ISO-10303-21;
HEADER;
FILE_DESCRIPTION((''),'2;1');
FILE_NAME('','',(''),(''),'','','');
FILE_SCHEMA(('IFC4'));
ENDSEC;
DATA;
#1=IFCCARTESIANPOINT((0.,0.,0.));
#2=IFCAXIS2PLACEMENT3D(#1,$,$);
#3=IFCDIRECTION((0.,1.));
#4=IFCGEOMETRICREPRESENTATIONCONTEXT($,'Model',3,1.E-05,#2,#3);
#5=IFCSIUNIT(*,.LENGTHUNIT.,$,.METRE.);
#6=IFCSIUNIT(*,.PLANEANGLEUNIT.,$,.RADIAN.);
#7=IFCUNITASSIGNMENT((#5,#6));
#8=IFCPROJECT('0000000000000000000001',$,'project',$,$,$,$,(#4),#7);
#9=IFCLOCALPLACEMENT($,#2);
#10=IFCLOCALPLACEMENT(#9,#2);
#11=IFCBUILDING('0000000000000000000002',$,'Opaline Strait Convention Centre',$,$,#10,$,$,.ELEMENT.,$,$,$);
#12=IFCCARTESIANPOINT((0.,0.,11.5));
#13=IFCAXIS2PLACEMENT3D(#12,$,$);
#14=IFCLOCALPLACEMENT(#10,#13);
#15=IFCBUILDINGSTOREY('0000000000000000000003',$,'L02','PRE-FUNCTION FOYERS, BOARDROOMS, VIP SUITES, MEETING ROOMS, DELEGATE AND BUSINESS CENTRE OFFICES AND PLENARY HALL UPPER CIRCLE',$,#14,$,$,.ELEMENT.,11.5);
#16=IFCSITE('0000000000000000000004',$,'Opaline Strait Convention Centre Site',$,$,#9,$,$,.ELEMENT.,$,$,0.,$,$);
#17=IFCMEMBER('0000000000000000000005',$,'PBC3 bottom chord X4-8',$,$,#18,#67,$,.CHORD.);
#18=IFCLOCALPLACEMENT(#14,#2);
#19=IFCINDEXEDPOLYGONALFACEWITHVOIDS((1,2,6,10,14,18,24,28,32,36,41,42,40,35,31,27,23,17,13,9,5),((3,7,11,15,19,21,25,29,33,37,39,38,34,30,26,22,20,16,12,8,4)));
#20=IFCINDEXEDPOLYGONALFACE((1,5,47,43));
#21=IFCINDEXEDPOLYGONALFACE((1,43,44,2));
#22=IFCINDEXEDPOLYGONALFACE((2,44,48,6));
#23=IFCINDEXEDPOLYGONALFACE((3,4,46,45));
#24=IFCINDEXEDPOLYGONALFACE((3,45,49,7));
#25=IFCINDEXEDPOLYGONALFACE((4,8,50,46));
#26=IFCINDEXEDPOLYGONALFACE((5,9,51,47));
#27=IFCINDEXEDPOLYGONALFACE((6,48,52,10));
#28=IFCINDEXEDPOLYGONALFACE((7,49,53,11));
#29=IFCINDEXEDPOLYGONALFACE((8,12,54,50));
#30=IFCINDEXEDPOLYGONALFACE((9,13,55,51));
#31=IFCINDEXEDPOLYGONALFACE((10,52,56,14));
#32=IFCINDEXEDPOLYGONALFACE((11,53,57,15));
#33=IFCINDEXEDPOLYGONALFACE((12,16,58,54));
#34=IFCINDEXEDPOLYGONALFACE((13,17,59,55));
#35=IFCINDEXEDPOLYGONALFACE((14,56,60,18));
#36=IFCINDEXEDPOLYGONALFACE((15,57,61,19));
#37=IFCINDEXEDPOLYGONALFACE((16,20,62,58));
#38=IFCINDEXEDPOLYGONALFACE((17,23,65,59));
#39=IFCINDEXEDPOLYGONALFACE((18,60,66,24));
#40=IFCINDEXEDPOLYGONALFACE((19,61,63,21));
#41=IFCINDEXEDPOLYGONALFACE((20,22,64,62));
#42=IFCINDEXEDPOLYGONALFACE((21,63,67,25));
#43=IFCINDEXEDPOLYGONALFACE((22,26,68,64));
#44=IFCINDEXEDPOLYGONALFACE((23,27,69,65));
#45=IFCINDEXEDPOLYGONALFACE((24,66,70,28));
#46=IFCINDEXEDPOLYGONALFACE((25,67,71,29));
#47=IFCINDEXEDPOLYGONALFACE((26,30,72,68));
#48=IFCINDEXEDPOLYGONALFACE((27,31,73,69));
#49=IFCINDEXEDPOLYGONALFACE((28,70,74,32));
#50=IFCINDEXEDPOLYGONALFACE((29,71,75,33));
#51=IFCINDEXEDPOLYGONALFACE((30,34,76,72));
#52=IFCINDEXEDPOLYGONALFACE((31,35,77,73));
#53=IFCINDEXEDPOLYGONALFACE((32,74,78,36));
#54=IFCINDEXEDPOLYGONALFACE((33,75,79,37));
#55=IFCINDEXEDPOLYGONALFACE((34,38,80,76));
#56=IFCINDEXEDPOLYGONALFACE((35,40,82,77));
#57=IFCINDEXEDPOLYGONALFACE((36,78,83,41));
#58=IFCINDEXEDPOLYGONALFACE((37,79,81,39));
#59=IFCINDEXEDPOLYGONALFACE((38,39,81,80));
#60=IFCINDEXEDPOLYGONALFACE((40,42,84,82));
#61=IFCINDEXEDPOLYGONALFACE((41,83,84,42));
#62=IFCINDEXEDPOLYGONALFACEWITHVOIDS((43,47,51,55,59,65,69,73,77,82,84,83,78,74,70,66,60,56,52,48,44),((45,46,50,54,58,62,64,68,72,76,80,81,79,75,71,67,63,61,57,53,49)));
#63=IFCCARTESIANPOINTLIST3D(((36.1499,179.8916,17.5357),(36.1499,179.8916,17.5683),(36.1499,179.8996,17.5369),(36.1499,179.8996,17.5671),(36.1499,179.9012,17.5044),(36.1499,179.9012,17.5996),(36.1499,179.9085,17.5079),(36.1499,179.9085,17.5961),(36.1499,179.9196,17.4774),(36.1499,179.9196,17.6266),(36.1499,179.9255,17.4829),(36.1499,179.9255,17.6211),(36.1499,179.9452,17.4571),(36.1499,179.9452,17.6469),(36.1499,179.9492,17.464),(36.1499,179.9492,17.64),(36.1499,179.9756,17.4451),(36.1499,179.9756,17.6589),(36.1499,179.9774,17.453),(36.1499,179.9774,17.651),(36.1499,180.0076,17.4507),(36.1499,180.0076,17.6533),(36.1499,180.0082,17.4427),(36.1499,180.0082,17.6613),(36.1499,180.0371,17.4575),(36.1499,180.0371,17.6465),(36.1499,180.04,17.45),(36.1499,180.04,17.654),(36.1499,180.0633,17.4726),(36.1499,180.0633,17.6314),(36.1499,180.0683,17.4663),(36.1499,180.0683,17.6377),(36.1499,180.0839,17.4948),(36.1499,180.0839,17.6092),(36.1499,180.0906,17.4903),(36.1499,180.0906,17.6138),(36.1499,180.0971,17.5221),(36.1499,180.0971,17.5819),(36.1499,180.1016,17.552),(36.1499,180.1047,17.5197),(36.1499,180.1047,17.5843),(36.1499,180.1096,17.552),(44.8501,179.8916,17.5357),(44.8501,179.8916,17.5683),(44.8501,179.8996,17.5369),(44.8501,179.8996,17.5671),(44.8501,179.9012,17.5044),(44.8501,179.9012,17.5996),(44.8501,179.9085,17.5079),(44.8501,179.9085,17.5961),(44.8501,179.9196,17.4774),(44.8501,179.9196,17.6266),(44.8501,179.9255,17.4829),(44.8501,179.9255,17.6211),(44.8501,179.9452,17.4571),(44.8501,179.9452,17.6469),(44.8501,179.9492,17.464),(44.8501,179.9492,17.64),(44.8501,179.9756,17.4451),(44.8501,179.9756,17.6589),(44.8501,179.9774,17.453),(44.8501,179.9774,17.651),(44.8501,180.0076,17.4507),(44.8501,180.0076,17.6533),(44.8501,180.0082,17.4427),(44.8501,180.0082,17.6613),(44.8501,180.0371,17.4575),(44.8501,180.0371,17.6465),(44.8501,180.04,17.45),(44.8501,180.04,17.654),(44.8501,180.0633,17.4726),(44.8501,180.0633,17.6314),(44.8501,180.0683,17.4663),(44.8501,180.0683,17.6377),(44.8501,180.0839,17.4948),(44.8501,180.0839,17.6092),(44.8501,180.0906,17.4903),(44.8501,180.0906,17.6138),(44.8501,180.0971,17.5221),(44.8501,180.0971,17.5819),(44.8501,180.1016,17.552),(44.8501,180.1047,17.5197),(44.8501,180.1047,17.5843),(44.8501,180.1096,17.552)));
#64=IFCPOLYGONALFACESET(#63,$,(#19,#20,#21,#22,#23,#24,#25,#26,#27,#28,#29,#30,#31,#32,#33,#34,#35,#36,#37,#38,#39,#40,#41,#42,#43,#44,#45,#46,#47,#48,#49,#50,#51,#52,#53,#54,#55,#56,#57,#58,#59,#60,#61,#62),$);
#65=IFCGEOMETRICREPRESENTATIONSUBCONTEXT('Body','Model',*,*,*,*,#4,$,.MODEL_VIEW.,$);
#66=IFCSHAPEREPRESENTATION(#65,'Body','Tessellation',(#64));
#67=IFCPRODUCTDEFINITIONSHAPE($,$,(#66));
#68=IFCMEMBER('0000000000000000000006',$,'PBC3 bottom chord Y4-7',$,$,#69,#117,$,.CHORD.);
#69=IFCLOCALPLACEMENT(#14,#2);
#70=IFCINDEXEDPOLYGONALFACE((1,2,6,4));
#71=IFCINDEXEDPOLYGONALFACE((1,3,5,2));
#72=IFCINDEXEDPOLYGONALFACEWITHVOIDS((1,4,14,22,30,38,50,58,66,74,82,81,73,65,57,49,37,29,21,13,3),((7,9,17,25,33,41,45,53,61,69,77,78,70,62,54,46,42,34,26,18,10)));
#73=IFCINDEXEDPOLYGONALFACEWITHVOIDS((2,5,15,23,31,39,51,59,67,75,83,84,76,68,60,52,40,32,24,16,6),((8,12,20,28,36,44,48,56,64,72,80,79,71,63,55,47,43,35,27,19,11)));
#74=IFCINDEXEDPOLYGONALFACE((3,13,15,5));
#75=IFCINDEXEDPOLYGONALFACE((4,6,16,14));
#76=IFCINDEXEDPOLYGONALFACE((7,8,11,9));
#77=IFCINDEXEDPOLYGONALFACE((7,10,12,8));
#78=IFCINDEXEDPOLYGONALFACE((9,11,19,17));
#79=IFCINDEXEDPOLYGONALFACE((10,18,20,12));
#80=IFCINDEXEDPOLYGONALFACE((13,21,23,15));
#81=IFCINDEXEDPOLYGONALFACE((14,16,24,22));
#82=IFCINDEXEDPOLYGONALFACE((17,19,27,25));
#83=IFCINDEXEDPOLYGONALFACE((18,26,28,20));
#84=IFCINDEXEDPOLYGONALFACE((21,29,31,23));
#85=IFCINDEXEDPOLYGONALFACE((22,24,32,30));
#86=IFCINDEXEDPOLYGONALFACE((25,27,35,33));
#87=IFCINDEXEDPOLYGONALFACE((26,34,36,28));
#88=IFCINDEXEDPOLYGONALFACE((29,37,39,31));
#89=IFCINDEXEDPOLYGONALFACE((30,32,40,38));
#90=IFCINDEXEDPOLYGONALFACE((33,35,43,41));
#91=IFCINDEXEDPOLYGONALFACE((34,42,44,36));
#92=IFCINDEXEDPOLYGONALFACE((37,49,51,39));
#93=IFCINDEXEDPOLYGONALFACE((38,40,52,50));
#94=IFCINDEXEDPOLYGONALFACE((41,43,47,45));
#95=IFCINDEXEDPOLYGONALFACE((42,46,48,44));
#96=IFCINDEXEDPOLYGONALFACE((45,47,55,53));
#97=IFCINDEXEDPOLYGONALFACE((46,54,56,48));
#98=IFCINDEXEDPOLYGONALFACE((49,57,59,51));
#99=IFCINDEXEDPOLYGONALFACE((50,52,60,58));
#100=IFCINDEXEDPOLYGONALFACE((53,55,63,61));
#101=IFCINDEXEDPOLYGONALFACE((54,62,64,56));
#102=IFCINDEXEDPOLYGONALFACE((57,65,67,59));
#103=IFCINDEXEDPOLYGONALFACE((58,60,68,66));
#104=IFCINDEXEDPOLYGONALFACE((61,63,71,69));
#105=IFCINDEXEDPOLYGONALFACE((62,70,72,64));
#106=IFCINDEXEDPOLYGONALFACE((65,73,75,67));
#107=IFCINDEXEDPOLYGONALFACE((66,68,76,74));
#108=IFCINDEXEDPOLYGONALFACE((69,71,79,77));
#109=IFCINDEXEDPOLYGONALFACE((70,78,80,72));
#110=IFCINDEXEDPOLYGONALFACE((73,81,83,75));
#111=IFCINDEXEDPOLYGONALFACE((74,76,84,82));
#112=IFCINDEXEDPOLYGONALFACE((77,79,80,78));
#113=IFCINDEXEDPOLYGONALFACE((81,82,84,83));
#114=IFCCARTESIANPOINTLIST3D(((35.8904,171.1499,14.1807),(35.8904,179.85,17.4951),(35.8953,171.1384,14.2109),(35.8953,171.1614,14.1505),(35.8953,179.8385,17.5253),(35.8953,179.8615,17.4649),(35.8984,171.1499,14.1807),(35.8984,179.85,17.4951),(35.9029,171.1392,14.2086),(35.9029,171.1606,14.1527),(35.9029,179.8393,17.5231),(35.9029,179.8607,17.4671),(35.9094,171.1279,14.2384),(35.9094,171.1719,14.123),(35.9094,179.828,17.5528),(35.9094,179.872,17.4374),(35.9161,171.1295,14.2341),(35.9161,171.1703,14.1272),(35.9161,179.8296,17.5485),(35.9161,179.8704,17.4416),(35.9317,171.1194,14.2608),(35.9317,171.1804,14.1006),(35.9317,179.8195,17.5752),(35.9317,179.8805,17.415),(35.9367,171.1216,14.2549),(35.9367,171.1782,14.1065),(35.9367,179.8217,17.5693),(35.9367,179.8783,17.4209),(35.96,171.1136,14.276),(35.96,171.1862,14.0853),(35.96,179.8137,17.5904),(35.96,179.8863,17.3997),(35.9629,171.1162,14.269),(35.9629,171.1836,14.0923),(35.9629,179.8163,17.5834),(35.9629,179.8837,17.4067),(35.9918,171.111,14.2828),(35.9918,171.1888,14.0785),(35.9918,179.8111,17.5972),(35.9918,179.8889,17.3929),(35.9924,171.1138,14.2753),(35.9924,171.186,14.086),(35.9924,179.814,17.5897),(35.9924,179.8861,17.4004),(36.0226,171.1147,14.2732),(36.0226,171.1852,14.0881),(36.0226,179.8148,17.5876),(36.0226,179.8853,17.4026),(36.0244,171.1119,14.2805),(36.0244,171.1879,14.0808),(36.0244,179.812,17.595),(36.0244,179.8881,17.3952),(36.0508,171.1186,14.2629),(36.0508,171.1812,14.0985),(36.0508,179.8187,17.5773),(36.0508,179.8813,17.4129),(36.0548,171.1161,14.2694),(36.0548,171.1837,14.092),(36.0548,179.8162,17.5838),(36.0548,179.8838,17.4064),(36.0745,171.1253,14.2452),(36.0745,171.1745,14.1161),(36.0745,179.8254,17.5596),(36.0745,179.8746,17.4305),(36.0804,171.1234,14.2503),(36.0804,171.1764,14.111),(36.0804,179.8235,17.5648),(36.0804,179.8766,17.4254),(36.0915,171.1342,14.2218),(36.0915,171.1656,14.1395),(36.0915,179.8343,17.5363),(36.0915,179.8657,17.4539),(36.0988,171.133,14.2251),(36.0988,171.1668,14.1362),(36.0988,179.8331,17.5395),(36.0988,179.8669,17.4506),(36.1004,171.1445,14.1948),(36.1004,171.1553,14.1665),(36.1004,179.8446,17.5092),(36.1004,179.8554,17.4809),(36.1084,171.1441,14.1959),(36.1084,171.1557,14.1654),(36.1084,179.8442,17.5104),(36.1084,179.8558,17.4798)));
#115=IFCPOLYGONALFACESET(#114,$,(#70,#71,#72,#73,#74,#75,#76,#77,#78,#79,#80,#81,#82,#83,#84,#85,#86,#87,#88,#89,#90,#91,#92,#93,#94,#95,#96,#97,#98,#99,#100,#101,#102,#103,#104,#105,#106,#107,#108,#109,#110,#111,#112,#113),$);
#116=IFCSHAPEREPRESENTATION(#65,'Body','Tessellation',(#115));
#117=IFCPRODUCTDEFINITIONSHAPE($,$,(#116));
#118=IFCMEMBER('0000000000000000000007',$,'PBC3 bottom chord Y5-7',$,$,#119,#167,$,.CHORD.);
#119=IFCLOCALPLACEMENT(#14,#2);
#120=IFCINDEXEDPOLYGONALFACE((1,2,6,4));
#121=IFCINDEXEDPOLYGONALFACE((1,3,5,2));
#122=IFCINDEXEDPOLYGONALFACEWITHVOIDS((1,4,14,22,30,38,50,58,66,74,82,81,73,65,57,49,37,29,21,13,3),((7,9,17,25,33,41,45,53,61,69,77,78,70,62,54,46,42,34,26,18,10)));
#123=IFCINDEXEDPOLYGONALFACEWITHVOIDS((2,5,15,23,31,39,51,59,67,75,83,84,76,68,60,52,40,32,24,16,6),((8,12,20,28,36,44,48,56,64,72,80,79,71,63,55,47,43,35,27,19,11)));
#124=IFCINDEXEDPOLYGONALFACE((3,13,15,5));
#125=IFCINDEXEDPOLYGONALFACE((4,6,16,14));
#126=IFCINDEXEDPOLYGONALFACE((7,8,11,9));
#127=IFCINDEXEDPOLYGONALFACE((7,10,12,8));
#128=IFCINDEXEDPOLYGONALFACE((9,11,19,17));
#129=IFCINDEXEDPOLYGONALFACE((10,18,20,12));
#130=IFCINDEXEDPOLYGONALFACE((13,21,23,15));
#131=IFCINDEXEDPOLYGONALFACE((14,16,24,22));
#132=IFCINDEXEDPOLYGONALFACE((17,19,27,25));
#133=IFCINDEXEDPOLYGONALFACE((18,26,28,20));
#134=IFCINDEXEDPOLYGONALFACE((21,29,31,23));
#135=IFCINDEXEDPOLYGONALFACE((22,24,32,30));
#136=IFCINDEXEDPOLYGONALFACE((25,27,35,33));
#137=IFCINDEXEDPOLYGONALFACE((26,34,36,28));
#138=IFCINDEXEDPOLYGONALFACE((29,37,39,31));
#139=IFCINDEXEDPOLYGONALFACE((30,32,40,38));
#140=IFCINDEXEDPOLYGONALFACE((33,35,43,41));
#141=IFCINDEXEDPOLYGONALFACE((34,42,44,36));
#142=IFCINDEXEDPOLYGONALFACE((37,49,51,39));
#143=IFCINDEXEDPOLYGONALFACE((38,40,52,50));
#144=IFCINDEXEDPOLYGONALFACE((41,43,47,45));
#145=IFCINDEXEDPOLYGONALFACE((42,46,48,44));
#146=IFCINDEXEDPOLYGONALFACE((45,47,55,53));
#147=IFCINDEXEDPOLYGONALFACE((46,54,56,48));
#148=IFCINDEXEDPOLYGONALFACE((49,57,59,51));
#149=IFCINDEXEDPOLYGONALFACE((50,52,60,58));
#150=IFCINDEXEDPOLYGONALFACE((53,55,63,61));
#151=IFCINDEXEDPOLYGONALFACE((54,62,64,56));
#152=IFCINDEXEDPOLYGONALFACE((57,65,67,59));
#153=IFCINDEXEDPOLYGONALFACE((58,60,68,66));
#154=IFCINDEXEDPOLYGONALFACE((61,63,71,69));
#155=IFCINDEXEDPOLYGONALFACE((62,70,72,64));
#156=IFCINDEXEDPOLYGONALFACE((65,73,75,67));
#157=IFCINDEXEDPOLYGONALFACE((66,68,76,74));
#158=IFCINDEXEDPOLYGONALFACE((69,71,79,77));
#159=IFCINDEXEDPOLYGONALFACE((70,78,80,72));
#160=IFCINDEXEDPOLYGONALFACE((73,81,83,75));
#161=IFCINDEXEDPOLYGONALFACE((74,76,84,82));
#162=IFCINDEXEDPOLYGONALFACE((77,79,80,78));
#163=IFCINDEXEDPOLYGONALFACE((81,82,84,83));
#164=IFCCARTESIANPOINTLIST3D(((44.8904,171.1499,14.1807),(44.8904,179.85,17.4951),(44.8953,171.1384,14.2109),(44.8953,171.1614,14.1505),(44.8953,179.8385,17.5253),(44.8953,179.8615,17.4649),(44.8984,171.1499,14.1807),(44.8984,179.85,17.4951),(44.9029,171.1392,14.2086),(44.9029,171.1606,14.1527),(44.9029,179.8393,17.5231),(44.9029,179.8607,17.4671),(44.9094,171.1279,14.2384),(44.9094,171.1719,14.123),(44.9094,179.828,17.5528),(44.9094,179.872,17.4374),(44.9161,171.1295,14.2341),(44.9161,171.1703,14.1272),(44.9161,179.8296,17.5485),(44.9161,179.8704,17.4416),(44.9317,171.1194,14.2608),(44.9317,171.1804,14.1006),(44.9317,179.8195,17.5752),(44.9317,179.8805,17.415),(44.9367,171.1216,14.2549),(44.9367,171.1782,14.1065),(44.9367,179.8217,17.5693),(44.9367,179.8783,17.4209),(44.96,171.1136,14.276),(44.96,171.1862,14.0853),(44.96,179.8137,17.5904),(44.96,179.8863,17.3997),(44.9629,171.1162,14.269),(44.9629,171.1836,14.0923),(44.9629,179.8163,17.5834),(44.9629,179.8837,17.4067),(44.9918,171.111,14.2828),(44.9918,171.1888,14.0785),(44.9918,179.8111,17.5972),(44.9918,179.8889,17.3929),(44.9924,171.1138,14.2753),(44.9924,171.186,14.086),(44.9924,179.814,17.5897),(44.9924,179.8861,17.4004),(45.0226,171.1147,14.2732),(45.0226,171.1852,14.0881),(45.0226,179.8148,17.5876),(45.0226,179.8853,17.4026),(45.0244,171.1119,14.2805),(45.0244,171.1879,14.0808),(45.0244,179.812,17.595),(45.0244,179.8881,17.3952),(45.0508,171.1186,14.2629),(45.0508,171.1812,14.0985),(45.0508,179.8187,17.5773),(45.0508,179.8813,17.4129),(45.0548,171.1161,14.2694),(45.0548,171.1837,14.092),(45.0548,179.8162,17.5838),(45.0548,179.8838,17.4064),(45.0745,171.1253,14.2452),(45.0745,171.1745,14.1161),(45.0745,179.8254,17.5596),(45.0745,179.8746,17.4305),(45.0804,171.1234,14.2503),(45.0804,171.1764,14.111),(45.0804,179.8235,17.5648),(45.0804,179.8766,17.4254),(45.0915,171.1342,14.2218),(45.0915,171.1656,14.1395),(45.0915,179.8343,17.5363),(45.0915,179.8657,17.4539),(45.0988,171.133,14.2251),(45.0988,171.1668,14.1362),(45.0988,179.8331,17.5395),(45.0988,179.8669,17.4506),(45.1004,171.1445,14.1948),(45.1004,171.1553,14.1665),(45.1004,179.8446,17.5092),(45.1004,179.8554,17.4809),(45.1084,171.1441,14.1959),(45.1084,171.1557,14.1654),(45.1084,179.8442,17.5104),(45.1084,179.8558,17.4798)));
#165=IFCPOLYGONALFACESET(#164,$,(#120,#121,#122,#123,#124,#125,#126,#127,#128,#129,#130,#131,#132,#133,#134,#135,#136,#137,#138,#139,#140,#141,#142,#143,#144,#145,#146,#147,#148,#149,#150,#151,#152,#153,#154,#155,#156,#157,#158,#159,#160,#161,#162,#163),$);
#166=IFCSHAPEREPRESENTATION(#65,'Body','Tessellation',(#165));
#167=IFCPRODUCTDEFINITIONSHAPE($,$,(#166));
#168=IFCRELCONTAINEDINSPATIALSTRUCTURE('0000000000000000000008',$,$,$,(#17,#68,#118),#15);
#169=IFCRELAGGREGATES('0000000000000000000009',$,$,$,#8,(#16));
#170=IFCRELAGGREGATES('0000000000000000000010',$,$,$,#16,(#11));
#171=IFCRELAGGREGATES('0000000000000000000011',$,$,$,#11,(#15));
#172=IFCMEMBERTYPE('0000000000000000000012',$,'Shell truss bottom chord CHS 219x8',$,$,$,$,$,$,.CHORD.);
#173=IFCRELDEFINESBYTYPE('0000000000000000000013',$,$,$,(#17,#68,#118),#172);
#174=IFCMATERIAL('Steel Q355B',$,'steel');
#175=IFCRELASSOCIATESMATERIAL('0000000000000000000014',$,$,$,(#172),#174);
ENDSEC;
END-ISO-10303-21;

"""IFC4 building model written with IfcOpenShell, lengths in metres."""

from ifc_helpers import new_model, si_unit, direction, frame, origin, origin_2d, place, context, subcontext, project, spatial, hollow_circle, extrude, material, material_profile, profile_set, type_object, element, save


model = new_model("IFC4")

# Units and contexts
model_context = context("Model", 3, precision=1e-05, world=origin(), true_north=direction((0.0, 1.0)))
body_context = subcontext(model_context, "Body", "Model", "MODEL_VIEW")
ifc_project = project(units=[si_unit("LENGTHUNIT", "METRE"), si_unit("PLANEANGLEUNIT", "RADIAN")], contexts=[model_context])

# Site, building, storey
site_placement = place(None, origin())
site = spatial("IfcSite", under=ifc_project, at=site_placement, Name="Opaline Strait Convention Centre Site", CompositionType="ELEMENT", RefElevation=0.0)
building_placement = place(site_placement, origin())
building = spatial("IfcBuilding", under=site, at=building_placement, Name="Opaline Strait Convention Centre", CompositionType="ELEMENT")
storey_placement = place(building_placement, frame((0.0, 0.0, 11.5)))
storey = spatial("IfcBuildingStorey", under=building, at=storey_placement, Name="L02", Description="PRE-FUNCTION FOYERS, BOARDROOMS, VIP SUITES, MEETING ROOMS, DELEGATE AND BUSINESS CENTRE OFFICES AND PLENARY HALL UPPER CIRCLE", CompositionType="ELEMENT", Elevation=11.5)

# Members
ifc_material_1 = material(Name="Steel Q355B", Category="steel")
ifc_material_profile_1 = material_profile(ifc_material_1, hollow_circle(Radius=0.1096, WallThickness=0.0081, at=origin_2d()), Name="CHS 219x8")
ifc_profile_set_1 = profile_set([ifc_material_profile_1], Name="Steel Q355B")
member_type_1 = type_object("IfcMemberType", Name="Shell truss bottom chord CHS 219x8", PredefinedType="CHORD", material=ifc_profile_set_1)
member_1_placement = place(storey_placement, frame((36.1499, 180.0, 17.552), z_axis=(1.0, 0.0, 0.0), x_axis=(0.0, 1.0, 0.0)))
element("IfcMember", 1, at=member_1_placement, inside=storey, type_object=member_type_1, Name="PBC3 bottom chord X4-8", PredefinedType="CHORD", context=body_context, shape_type="SweptSolid", body=[
    extrude(hollow_circle(Radius=0.1096, WallThickness=0.0081, at=origin_2d()), origin(), (0.0, 0.0, 1.0), 8.7002),
])
for number, where, z_axis, x_axis, name in (
    (2, (36.0, 171.1499, 14.1807), (0.0, 0.934484, 0.356004), (-1.0, 0.0, 0.0), "PBC3 bottom chord Y4-7"),
    (3, (45.0, 171.1499, 14.1807), (0.0, 0.934484, 0.356004), (-1.0, 0.0, 0.0), "PBC3 bottom chord Y5-7"),
):
    element("IfcMember", number, at=place(storey_placement, frame(where, z_axis=z_axis, x_axis=x_axis)), inside=storey, type_object=member_type_1, Name=name, PredefinedType="CHORD", context=body_context, shape_type="SweptSolid", body=[
        extrude(hollow_circle(Radius=0.1096, WallThickness=0.0081, at=origin_2d()), origin(), (0.0, 0.0, 1.0), 9.3101),
    ])

save(model, "model.ifc")
